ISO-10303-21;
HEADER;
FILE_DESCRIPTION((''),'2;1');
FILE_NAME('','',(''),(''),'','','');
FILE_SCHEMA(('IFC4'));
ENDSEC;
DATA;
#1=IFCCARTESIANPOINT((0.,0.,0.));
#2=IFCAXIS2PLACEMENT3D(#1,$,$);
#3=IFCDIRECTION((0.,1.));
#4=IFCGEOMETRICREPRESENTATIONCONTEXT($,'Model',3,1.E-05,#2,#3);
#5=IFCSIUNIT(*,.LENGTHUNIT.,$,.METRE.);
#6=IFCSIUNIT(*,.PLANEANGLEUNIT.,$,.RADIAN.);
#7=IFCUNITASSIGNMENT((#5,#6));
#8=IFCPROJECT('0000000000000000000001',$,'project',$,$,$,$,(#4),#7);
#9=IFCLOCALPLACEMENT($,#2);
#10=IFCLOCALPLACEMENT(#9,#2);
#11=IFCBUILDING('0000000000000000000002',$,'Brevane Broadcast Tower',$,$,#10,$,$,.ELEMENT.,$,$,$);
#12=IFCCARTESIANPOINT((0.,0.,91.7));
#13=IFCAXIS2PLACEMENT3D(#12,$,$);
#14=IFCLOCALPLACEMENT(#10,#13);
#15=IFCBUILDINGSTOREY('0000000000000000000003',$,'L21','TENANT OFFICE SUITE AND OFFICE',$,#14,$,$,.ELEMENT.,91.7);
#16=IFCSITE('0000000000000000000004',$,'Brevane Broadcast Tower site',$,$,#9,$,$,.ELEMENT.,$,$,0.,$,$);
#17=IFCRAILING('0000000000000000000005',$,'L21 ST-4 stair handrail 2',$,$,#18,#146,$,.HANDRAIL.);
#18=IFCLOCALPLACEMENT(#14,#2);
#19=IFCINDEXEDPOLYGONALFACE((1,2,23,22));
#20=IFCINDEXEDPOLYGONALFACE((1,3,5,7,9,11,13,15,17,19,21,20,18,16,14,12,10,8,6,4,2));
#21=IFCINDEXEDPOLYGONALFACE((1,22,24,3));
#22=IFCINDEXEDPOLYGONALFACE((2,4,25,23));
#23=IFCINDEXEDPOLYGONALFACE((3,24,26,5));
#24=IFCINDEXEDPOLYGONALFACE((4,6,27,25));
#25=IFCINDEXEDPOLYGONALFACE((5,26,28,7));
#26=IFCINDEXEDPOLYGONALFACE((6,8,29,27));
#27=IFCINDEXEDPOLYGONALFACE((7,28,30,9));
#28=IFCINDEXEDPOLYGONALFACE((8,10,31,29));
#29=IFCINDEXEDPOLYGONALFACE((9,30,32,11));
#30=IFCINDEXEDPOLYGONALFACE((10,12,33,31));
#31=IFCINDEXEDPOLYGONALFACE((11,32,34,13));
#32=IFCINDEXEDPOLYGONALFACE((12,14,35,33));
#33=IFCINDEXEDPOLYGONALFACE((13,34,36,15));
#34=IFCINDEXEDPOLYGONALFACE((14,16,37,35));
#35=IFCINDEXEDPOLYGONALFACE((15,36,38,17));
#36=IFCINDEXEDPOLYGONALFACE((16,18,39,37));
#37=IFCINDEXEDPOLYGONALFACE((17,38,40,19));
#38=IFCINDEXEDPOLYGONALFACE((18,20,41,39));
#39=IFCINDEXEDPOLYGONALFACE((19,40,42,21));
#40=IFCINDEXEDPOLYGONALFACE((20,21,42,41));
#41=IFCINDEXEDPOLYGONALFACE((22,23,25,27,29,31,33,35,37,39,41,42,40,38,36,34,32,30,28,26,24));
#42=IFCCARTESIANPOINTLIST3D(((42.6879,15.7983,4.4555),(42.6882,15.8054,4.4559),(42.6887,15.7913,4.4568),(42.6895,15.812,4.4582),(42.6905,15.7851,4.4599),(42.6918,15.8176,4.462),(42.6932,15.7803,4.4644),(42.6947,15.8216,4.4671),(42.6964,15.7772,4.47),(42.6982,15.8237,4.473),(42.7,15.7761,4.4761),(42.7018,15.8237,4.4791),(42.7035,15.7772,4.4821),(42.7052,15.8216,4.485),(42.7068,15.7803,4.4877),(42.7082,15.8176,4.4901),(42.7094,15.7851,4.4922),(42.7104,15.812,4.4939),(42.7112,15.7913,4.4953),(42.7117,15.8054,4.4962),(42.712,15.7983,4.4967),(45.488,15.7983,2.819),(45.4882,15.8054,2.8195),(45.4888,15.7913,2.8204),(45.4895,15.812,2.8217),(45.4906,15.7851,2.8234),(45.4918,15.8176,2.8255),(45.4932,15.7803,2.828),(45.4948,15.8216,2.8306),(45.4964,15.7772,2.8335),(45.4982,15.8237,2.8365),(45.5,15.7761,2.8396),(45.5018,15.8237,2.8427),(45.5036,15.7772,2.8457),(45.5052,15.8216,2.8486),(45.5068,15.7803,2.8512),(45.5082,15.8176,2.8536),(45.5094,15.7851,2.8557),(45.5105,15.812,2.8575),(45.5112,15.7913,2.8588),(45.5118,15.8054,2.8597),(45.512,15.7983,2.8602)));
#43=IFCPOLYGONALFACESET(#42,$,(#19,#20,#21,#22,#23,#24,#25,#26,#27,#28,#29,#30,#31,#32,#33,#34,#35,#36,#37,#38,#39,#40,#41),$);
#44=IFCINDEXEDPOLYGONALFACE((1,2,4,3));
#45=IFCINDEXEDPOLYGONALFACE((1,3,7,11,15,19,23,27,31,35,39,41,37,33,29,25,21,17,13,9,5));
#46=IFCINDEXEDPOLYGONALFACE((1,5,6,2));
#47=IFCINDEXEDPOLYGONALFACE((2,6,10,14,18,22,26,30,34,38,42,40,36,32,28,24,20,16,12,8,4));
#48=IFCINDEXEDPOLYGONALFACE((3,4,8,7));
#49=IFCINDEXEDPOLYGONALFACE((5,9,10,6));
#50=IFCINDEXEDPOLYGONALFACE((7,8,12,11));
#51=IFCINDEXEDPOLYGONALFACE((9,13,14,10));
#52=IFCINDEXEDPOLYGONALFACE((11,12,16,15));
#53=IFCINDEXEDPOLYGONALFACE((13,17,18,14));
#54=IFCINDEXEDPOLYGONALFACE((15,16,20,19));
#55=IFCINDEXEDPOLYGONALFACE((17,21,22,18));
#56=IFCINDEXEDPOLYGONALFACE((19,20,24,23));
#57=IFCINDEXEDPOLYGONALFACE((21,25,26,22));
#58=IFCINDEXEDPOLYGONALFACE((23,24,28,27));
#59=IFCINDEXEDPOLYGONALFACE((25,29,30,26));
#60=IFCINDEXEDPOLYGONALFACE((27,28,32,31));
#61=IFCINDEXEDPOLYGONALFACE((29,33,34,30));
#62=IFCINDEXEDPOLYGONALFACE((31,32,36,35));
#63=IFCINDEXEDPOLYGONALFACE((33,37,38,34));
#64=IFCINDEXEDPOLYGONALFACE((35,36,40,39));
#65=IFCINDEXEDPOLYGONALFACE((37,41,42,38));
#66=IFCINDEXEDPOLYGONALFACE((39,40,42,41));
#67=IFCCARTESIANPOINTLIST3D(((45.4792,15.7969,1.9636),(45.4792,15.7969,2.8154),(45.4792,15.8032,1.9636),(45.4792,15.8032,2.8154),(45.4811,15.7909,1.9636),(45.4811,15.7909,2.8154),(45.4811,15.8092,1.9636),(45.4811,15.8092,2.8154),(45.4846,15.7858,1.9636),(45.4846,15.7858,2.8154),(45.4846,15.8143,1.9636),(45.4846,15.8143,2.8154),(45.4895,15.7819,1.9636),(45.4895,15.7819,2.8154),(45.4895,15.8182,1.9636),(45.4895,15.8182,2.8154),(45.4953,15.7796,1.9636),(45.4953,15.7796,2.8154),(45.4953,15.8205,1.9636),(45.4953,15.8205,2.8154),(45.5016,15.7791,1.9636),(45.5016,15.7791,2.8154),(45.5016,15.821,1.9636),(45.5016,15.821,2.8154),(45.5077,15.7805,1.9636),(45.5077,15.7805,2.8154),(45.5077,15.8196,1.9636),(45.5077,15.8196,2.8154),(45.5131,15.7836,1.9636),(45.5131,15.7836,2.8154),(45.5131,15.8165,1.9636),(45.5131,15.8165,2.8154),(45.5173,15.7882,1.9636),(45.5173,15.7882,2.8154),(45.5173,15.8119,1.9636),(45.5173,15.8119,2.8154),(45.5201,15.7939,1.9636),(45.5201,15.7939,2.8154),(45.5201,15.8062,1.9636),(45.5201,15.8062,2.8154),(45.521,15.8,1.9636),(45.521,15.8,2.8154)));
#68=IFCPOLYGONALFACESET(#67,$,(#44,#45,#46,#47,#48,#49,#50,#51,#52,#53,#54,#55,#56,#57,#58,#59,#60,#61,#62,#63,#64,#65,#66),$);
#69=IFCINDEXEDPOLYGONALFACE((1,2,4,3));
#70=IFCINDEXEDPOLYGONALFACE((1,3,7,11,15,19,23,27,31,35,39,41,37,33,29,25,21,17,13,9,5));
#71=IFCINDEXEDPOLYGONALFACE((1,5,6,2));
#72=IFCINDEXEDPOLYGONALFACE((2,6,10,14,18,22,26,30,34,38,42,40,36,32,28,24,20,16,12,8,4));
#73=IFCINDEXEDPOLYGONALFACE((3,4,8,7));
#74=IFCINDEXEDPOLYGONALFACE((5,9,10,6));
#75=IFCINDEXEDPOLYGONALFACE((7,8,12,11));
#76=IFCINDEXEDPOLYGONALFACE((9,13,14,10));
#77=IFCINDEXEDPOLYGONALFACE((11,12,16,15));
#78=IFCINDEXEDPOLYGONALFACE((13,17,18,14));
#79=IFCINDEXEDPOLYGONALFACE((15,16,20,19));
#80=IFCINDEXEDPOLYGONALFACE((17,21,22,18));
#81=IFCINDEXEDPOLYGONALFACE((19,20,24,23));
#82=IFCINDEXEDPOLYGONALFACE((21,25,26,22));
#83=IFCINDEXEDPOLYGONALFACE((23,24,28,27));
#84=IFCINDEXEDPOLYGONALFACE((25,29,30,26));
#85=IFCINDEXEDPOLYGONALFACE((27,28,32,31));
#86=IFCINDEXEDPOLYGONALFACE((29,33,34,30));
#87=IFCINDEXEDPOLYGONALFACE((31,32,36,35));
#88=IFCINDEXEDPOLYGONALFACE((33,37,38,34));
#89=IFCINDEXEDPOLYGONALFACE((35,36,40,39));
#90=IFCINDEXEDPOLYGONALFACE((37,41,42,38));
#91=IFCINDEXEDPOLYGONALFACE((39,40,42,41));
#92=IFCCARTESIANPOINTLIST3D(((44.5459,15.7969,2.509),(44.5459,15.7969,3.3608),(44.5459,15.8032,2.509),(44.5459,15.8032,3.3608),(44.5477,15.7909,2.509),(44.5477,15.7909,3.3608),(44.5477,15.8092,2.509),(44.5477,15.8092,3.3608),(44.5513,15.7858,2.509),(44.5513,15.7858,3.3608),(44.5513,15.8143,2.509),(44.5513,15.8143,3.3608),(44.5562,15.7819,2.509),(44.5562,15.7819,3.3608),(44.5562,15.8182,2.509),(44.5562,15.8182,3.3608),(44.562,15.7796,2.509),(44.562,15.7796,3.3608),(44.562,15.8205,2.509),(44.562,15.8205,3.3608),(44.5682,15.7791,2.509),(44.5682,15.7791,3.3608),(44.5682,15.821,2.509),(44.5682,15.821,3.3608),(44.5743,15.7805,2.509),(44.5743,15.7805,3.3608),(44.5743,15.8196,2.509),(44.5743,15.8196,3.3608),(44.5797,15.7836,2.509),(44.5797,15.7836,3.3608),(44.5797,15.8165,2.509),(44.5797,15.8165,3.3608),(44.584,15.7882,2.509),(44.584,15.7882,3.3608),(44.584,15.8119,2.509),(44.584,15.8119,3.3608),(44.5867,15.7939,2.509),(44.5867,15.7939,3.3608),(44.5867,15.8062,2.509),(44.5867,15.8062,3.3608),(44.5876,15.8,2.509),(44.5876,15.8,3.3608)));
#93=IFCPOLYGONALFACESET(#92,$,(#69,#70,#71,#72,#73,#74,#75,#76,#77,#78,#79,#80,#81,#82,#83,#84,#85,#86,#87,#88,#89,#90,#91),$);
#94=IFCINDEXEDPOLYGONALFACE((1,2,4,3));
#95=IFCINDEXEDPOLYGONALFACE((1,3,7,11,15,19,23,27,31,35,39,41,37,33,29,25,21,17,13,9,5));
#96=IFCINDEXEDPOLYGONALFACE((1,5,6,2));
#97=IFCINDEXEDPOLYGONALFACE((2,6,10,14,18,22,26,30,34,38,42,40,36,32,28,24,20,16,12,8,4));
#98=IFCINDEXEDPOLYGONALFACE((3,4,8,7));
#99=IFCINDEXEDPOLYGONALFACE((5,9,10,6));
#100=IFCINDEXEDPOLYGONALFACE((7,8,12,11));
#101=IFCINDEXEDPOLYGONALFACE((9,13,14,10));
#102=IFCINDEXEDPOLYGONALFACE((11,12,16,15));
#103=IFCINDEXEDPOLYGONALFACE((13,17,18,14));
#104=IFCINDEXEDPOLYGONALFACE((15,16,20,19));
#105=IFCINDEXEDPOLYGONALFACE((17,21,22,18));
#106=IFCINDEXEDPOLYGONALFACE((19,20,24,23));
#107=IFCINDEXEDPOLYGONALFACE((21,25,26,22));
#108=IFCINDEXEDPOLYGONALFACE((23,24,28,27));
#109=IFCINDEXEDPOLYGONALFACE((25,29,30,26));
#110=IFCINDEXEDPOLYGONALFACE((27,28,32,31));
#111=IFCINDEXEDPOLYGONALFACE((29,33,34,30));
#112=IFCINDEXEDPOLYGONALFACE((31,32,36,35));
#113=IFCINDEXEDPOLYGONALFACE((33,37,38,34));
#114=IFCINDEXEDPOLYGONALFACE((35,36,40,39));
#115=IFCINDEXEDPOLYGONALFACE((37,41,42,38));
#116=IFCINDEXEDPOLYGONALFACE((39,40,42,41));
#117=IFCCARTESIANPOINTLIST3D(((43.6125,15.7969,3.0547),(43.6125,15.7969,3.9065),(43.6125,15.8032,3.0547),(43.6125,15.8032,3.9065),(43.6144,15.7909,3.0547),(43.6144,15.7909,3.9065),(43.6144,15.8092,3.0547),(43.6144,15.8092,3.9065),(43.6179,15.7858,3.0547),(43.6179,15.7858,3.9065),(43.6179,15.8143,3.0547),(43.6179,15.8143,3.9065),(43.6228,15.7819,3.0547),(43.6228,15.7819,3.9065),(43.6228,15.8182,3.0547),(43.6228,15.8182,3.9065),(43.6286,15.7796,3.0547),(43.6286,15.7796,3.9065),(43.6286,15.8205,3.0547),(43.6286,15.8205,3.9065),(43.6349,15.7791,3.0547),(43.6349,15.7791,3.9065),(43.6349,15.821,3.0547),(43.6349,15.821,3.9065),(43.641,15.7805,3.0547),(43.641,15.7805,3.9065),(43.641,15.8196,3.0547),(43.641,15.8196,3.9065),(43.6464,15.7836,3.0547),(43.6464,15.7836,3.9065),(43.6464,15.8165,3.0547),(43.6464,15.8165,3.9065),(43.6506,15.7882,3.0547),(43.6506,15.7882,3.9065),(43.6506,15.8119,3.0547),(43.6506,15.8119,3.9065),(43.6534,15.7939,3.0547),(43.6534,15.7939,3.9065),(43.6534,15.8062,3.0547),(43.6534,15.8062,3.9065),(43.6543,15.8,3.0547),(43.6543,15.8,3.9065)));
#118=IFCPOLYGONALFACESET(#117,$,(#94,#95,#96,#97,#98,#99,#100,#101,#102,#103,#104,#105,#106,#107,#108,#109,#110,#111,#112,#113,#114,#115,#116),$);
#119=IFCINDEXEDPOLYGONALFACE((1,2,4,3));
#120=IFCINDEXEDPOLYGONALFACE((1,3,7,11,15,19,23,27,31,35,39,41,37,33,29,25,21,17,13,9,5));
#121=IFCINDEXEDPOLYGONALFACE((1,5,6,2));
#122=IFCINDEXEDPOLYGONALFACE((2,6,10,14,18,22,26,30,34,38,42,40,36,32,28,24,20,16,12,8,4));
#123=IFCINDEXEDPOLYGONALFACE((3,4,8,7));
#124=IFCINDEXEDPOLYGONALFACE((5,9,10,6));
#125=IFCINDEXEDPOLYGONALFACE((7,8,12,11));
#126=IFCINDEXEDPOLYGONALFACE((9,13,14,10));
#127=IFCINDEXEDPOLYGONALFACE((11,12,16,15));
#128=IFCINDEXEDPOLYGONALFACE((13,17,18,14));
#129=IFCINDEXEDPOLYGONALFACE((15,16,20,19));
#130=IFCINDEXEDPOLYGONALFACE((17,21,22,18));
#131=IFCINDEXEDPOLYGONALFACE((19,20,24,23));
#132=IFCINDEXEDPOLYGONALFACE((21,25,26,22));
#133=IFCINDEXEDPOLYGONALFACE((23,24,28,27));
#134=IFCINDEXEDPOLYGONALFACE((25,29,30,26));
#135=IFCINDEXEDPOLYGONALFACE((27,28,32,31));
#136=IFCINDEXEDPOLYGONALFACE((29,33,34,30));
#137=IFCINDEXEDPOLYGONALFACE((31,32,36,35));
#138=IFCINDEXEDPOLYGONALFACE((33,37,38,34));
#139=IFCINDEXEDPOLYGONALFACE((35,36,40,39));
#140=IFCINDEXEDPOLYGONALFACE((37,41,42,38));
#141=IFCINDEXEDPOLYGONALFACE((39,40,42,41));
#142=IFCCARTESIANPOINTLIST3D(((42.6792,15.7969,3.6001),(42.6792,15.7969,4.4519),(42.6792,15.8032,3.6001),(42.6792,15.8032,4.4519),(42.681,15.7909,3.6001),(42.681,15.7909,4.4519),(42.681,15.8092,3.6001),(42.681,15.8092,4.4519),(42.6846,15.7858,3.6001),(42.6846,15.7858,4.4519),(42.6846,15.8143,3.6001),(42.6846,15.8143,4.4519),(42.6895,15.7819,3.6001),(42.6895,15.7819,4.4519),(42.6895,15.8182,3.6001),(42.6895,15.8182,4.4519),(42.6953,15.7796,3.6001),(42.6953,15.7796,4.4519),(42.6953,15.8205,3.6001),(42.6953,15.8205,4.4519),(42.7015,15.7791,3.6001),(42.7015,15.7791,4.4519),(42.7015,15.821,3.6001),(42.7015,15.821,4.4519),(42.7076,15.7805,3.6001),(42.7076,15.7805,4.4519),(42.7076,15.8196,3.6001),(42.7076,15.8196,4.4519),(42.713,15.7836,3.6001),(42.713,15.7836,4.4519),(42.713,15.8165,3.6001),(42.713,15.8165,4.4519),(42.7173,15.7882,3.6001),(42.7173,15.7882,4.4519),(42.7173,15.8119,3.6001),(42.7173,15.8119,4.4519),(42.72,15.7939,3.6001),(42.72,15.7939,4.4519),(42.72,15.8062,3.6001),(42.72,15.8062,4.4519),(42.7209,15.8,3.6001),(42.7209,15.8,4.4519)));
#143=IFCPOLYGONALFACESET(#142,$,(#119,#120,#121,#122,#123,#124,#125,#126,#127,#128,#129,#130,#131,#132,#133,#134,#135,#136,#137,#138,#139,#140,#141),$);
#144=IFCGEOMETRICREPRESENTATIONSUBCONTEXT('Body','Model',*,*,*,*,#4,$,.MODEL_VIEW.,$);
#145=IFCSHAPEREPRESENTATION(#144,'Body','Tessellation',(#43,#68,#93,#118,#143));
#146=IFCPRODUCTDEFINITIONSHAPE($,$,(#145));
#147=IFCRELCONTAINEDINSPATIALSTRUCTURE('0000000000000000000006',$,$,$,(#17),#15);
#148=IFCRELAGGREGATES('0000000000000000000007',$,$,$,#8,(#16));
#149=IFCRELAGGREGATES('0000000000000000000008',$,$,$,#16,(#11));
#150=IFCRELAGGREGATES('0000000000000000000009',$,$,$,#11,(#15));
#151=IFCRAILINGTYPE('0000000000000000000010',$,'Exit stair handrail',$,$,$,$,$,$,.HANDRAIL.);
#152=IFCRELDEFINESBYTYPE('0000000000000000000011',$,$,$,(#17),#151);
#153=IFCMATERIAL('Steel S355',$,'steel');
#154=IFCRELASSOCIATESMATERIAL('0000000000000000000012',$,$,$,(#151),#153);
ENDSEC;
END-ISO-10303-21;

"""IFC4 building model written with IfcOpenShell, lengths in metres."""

from ifc_helpers import new_model, si_unit, direction, frame, origin, origin_2d, place, context, subcontext, project, spatial, circle, extrude, material, type_object, element, save


model = new_model("IFC4")

# Units and contexts
model_context = context("Model", 3, precision=1e-05, world=origin(), true_north=direction((0.0, 1.0)))
body_context = subcontext(model_context, "Body", "Model", "MODEL_VIEW")
ifc_project = project(units=[si_unit("LENGTHUNIT", "METRE"), si_unit("PLANEANGLEUNIT", "RADIAN")], contexts=[model_context])

# Site, building, storey
site_placement = place(None, origin())
site = spatial("IfcSite", under=ifc_project, at=site_placement, Name="Brevane Broadcast Tower site", CompositionType="ELEMENT", RefElevation=0.0)
building_placement = place(site_placement, origin())
building = spatial("IfcBuilding", under=site, at=building_placement, Name="Brevane Broadcast Tower", CompositionType="ELEMENT")
storey_placement = place(building_placement, frame((0.0, 0.0, 91.7)))
storey = spatial("IfcBuildingStorey", under=building, at=storey_placement, Name="L21", Description="TENANT OFFICE SUITE AND OFFICE", CompositionType="ELEMENT", Elevation=91.7)

# Railing
ifc_material_1 = material(Name="Steel S355", Category="steel")
railing_type_1 = type_object("IfcRailingType", Name="Exit stair handrail", PredefinedType="HANDRAIL", material=ifc_material_1)
railing_1_placement = place(storey_placement, frame((45.5, 15.8, 1.9636)))
element("IfcRailing", 1, at=railing_1_placement, inside=storey, type_object=railing_type_1, Name="L21 ST-4 stair handrail 2", PredefinedType="HANDRAIL", context=body_context, shape_type="SweptSolid", body=[
    extrude(circle(Radius=0.0239, at=origin_2d()), frame((0.0, 0.0, 0.876), z_axis=(-0.863361, 0.0, 0.504587), x_axis=(0.0, -1.0, 0.0)), (0.0, 0.0, 1.0), 3.2432),
    extrude(circle(Radius=0.021, at=origin_2d()), origin(), (0.0, 0.0, 1.0), 0.8518),
    extrude(circle(Radius=0.021, at=origin_2d()), frame((-0.9333, 0.0, 0.5454)), (0.0, 0.0, 1.0), 0.8518),
    extrude(circle(Radius=0.021, at=origin_2d()), frame((-1.8667, 0.0, 1.0911)), (0.0, 0.0, 1.0), 0.8518),
    extrude(circle(Radius=0.021, at=origin_2d()), frame((-2.8, 0.0, 1.6365)), (0.0, 0.0, 1.0), 0.8518),
])

save(model, "model.ifc")
